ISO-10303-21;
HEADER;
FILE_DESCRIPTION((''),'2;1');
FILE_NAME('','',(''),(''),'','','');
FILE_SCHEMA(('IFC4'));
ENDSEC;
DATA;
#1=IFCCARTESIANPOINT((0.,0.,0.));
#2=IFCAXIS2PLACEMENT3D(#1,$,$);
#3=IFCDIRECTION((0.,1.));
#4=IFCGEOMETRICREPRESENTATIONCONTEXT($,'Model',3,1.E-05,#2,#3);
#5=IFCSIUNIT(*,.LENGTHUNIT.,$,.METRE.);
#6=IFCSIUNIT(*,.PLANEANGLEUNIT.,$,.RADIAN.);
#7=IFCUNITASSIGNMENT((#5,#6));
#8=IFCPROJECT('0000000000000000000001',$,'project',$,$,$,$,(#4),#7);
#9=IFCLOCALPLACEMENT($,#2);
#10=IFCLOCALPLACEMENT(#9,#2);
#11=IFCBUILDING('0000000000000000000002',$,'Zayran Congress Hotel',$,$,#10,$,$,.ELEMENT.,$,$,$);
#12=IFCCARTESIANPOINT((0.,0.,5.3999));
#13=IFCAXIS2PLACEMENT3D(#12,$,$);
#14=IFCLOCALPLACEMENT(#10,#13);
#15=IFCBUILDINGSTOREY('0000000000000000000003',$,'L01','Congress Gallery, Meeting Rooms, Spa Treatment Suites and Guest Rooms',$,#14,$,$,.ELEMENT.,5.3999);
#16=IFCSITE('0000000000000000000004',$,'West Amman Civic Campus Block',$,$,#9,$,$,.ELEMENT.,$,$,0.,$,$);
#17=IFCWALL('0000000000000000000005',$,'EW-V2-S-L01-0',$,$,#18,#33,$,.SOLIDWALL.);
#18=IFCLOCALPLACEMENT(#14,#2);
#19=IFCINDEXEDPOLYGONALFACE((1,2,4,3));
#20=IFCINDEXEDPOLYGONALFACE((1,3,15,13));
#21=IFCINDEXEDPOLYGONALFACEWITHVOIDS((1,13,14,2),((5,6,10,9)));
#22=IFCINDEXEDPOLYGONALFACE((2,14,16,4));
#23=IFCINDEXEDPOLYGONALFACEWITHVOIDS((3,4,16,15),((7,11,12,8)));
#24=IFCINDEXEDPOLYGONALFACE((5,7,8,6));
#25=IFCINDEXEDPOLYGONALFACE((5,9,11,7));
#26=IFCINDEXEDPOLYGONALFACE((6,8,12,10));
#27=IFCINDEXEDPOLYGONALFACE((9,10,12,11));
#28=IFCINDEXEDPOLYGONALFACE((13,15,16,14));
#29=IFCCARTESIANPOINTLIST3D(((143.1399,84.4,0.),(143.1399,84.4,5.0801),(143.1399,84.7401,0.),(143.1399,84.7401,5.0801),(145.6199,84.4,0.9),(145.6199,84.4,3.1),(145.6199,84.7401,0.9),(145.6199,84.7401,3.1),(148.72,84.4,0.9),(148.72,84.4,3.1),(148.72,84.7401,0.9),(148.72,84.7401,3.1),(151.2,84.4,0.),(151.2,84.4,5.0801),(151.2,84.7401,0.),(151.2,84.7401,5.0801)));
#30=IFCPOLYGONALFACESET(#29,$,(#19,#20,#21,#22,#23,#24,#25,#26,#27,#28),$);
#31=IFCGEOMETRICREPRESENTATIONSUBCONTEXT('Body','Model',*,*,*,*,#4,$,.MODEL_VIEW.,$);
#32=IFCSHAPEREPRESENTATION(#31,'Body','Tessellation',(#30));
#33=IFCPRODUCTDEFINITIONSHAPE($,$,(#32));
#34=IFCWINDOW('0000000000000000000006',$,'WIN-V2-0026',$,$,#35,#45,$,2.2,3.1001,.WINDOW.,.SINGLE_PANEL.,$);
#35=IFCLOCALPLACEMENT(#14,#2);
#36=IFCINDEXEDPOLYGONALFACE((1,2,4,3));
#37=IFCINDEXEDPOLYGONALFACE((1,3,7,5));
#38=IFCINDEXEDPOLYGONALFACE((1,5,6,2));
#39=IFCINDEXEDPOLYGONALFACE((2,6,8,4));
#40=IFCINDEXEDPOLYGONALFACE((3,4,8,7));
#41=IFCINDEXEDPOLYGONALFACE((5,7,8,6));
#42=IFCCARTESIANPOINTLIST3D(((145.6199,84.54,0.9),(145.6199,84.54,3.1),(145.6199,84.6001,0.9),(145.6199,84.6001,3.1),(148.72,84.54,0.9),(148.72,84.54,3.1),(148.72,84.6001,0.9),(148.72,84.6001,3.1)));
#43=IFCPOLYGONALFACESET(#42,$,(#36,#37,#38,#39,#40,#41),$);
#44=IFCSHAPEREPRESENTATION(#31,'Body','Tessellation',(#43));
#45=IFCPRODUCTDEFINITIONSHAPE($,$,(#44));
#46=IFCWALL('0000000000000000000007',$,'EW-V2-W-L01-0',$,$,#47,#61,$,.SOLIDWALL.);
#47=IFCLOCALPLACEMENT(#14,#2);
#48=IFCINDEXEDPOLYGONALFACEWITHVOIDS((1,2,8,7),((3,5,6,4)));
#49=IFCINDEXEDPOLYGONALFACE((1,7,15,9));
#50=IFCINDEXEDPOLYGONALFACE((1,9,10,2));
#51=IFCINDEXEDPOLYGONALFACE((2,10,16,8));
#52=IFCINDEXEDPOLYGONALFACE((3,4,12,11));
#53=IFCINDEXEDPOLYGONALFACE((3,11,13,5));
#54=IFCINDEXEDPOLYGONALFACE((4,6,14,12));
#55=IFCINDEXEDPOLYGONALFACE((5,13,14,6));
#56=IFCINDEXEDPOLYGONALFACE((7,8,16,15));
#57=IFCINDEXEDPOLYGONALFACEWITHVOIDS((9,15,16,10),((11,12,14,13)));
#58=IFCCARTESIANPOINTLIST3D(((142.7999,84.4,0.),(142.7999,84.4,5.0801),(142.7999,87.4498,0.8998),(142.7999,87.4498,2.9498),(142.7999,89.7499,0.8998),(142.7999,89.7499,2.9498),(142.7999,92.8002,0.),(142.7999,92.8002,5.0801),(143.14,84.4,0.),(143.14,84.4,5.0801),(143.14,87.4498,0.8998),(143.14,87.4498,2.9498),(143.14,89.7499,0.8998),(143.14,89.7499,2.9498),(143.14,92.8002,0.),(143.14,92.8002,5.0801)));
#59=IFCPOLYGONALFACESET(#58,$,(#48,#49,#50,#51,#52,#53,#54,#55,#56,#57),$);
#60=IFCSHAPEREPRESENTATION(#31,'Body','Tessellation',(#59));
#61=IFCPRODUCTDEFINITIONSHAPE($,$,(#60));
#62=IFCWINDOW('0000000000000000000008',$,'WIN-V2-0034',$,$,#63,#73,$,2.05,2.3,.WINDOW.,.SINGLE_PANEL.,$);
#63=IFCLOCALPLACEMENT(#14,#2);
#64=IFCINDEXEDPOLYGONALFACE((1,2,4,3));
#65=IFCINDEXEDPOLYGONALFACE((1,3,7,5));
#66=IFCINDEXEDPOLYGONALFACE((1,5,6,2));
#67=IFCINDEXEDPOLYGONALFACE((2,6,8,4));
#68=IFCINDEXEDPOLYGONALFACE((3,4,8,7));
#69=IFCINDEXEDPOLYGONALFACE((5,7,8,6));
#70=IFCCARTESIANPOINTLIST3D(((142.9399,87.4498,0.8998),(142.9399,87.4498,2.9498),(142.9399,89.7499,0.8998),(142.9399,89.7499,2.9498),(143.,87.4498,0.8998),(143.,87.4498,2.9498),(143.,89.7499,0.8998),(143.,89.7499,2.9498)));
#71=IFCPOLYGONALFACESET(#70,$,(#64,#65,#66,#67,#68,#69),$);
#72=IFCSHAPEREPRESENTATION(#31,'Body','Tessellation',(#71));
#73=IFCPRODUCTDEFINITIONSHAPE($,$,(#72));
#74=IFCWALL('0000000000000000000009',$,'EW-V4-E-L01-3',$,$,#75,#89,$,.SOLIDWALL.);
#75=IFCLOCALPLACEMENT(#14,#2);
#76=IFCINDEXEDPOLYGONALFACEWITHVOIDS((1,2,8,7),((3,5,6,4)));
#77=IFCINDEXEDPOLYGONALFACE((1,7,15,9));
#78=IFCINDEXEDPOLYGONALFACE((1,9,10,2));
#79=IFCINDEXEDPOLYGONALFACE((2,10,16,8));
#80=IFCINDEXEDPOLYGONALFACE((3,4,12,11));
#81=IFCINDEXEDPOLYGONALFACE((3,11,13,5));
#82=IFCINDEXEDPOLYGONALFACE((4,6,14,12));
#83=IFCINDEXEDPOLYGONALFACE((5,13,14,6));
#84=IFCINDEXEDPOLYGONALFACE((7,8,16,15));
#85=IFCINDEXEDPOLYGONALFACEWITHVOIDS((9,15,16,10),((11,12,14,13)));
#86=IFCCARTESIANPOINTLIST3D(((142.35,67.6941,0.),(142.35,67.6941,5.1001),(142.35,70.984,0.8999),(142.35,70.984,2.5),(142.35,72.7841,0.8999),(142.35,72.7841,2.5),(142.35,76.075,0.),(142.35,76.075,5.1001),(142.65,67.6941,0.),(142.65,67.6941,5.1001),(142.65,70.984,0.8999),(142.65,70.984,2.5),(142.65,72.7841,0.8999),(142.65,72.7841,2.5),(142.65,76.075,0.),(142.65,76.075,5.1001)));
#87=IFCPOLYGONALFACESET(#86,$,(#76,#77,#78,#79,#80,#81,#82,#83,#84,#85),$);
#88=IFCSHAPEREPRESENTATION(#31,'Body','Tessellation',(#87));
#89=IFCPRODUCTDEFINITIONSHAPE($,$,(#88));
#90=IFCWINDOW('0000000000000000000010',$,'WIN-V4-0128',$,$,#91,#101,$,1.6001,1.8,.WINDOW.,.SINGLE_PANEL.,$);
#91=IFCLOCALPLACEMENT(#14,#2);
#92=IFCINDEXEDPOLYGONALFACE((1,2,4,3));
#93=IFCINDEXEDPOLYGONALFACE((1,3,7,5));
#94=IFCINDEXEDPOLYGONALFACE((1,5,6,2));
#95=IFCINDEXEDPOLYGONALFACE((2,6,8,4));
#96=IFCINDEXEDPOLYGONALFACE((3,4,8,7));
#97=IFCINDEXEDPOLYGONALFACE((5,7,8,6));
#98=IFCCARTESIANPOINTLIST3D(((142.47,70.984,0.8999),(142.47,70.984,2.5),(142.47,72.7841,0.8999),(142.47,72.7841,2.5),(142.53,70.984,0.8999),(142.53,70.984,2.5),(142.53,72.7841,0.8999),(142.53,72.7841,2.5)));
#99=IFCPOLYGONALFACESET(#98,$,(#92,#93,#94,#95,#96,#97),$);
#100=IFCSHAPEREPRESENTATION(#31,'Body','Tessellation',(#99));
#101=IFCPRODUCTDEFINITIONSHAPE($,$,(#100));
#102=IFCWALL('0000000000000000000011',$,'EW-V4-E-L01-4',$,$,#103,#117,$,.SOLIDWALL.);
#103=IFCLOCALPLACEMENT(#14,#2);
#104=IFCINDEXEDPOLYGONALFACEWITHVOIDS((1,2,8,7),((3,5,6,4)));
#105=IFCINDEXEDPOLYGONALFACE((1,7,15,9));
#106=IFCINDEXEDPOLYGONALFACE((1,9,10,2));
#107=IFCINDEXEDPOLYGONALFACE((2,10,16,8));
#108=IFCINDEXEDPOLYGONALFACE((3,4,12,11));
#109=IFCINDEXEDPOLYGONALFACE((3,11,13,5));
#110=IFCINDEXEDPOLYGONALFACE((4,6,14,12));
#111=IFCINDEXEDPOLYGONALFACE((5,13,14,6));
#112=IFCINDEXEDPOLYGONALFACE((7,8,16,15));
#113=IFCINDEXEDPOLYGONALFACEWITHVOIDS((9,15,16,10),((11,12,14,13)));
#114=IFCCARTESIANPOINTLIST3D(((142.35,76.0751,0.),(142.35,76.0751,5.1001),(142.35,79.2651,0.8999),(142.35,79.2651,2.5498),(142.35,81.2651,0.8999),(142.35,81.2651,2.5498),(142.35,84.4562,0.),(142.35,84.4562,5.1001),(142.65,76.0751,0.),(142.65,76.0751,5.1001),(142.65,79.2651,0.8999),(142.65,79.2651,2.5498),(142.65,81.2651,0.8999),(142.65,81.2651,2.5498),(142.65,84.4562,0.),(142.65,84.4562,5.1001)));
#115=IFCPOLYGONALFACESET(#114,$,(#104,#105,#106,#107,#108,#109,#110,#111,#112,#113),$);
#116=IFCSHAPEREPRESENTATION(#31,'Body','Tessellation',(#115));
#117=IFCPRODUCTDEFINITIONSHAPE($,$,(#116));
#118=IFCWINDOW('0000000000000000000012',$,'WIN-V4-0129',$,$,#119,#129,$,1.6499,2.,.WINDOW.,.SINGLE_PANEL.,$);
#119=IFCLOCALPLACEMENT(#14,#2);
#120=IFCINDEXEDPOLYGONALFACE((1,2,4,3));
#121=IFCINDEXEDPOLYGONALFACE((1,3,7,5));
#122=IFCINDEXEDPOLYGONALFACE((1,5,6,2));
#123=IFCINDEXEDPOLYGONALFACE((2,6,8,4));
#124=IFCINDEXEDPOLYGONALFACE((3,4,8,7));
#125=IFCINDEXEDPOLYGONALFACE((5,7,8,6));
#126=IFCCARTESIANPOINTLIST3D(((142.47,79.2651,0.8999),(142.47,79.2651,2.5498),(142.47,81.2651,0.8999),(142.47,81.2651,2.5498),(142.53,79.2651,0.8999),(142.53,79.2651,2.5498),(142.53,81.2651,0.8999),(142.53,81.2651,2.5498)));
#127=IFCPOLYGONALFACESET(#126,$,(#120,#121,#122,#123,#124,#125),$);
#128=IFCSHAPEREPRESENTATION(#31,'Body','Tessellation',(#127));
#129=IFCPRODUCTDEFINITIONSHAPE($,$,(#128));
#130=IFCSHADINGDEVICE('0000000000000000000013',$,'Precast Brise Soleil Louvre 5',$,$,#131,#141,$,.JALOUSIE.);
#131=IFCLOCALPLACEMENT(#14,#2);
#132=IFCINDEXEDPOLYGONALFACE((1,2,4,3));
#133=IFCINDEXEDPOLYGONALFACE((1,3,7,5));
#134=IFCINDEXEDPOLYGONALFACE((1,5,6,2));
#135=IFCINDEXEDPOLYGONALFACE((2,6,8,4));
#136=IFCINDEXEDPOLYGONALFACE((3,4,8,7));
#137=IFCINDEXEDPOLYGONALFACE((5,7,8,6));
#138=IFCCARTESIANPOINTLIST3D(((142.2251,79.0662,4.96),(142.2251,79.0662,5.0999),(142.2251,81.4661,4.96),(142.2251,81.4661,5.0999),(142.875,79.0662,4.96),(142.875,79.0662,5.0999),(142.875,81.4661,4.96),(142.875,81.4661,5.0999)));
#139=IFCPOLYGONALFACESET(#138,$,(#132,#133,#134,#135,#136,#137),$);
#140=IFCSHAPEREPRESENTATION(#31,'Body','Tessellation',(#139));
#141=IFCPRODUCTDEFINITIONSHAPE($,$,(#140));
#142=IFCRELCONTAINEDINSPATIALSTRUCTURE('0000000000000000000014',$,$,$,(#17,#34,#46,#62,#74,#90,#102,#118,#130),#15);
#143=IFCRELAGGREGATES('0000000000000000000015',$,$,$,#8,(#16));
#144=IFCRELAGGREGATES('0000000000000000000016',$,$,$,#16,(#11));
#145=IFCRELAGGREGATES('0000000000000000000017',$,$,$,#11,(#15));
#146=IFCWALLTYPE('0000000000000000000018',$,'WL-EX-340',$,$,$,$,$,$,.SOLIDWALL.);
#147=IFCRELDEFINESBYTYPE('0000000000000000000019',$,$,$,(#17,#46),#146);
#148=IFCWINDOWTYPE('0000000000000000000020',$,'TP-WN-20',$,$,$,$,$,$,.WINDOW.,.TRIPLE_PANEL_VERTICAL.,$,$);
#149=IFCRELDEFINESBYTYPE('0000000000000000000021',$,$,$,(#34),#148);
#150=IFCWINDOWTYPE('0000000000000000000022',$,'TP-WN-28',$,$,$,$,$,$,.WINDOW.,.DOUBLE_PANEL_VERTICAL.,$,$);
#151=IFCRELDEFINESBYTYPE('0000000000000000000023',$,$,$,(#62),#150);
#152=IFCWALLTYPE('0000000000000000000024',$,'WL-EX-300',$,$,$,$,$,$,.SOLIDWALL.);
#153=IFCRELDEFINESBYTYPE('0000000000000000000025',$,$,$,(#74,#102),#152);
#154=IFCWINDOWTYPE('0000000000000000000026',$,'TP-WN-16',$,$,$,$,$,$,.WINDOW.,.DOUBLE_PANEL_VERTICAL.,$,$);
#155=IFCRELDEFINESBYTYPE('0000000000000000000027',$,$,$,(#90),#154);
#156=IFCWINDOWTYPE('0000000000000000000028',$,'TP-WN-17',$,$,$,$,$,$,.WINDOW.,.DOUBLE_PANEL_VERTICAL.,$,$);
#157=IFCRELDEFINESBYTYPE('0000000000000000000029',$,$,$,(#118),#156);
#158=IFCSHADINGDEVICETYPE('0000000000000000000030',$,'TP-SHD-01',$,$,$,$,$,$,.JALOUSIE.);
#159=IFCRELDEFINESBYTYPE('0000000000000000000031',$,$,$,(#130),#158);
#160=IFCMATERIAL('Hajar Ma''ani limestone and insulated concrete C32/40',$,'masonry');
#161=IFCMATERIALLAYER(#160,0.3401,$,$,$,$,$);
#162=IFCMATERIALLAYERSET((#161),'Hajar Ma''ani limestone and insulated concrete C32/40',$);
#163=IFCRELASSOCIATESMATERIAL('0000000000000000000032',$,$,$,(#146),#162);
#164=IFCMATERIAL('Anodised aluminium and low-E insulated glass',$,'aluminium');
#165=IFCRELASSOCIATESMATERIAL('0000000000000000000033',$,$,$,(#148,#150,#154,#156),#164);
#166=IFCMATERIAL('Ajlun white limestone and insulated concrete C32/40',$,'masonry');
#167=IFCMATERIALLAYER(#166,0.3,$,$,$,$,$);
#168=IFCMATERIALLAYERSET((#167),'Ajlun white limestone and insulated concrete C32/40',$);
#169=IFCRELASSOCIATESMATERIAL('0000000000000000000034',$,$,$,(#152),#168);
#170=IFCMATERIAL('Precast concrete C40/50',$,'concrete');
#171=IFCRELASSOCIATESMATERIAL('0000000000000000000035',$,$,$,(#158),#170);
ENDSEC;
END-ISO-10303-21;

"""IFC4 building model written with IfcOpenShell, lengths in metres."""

from ifc_helpers import new_model, si_unit, direction, frame, frame_2d, origin, origin_2d, place, context, subcontext, project, spatial, rectangle, extrude, material, layer, layer_set, type_object, element, fill, save


model = new_model("IFC4")

# Units and contexts
model_context = context("Model", 3, precision=1e-05, world=origin(), true_north=direction((0.0, 1.0)))
body_context = subcontext(model_context, "Body", "Model", "MODEL_VIEW")
ifc_project = project(units=[si_unit("LENGTHUNIT", "METRE"), si_unit("PLANEANGLEUNIT", "RADIAN")], contexts=[model_context])

# Site, building, storey
site_placement = place(None, origin())
site = spatial("IfcSite", under=ifc_project, at=site_placement, Name="West Amman Civic Campus Block", CompositionType="ELEMENT", RefElevation=0.0)
building_placement = place(site_placement, origin())
building = spatial("IfcBuilding", under=site, at=building_placement, Name="Zayran Congress Hotel", CompositionType="ELEMENT")
storey_placement = place(building_placement, frame((0.0, 0.0, 5.3999)))
storey = spatial("IfcBuildingStorey", under=building, at=storey_placement, Name="L01", Description="Congress Gallery, Meeting Rooms, Spa Treatment Suites and Guest Rooms", CompositionType="ELEMENT", Elevation=5.3999)

# Shared definitions
ifc_material_1 = material(Name="Anodised aluminium and low-E insulated glass", Category="aluminium")

# Walls, openings, windows
ifc_material_2 = material(Name="Hajar Ma'ani limestone and insulated concrete C32/40", Category="masonry")
ifc_layer_1 = layer(ifc_material_2, 0.3401)
ifc_layer_set_1 = layer_set([ifc_layer_1], Name="Hajar Ma'ani limestone and insulated concrete C32/40")
wall_type_1 = type_object("IfcWallType", Name="WL-EX-340", PredefinedType="SOLIDWALL", material=ifc_layer_set_1)
wall_1_placement = place(storey_placement, frame((151.2, 84.5701, 0.0), z_axis=(0.0, 0.0, 1.0), x_axis=(-1.0, 0.0, 0.0)))
wall_1 = element("IfcWall", 1, at=wall_1_placement, inside=storey, type_object=wall_type_1, Name="EW-V2-S-L01-0", PredefinedType="SOLIDWALL", context=body_context, shape_type="SweptSolid", body=[
    extrude(rectangle(XDim=8.0601, YDim=0.3401, at=frame_2d((4.03, 0.0))), origin(), (0.0, 0.0, 1.0), 5.0801),
])
opening_1_placement = place(wall_1_placement, frame((2.48, 0.0, 0.8999)))
opening_1 = element("IfcOpeningElement", 2, at=opening_1_placement, cuts=wall_1, PredefinedType="OPENING", context=body_context, shape_type="SweptSolid", body=[
    extrude(rectangle(XDim=3.1001, YDim=2.2, at=frame_2d((1.55, 1.1001))), frame((0.0, 0.1799, 0.0), z_axis=(0.0, -1.0, 0.0), x_axis=(1.0, 0.0, 0.0)), (0.0, 0.0, 1.0), 0.3601),
])
window_type_1 = type_object("IfcWindowType", Name="TP-WN-20", PartitioningType="TRIPLE_PANEL_VERTICAL", PredefinedType="WINDOW", material=ifc_material_1)
window_1_placement = place(opening_1_placement, origin())
window_1 = element("IfcWindow", 3, at=window_1_placement, inside=storey, type_object=window_type_1, Name="WIN-V2-0026", OverallHeight=2.2, OverallWidth=3.1001, PartitioningType="SINGLE_PANEL", PredefinedType="WINDOW", context=body_context, shape_type="SweptSolid", body=[
    extrude(rectangle(XDim=3.1001, YDim=2.2, at=frame_2d((1.55, 1.1001))), frame((0.0, 0.03, 0.0), z_axis=(0.0, -1.0, 0.0), x_axis=(1.0, 0.0, 0.0)), (0.0, 0.0, 1.0), 0.0601),
])
fill(opening_1, window_1)
wall_2_placement = place(storey_placement, frame((142.97, 84.3999, 0.0), z_axis=(0.0, 0.0, 1.0), x_axis=(0.0, 1.0, 0.0)))
wall_2 = element("IfcWall", 4, at=wall_2_placement, inside=storey, type_object=wall_type_1, Name="EW-V2-W-L01-0", PredefinedType="SOLIDWALL", context=body_context, shape_type="SweptSolid", body=[
    extrude(rectangle(XDim=8.4001, YDim=0.3401, at=frame_2d((4.2002, 0.0))), origin(), (0.0, 0.0, 1.0), 5.0801),
])
opening_2_placement = place(wall_2_placement, frame((3.05, 0.0, 0.8999)))
opening_2 = element("IfcOpeningElement", 5, at=opening_2_placement, cuts=wall_2, PredefinedType="OPENING", context=body_context, shape_type="SweptSolid", body=[
    extrude(rectangle(XDim=2.3, YDim=2.05, at=frame_2d((1.1499, 1.0249))), frame((0.0, 0.1799, 0.0), z_axis=(0.0, -1.0, 0.0), x_axis=(1.0, 0.0, 0.0)), (0.0, 0.0, 1.0), 0.3601),
])
window_type_2 = type_object("IfcWindowType", Name="TP-WN-28", PartitioningType="DOUBLE_PANEL_VERTICAL", PredefinedType="WINDOW", material=ifc_material_1)
window_2_placement = place(opening_2_placement, origin())
window_2 = element("IfcWindow", 6, at=window_2_placement, inside=storey, type_object=window_type_2, Name="WIN-V2-0034", OverallHeight=2.05, OverallWidth=2.3, PartitioningType="SINGLE_PANEL", PredefinedType="WINDOW", context=body_context, shape_type="SweptSolid", body=[
    extrude(rectangle(XDim=2.3, YDim=2.05, at=frame_2d((1.1499, 1.0249))), frame((0.0, 0.03, 0.0), z_axis=(0.0, -1.0, 0.0), x_axis=(1.0, 0.0, 0.0)), (0.0, 0.0, 1.0), 0.0601),
])
fill(opening_2, window_2)
ifc_material_3 = material(Name="Ajlun white limestone and insulated concrete C32/40", Category="masonry")
ifc_layer_2 = layer(ifc_material_3, 0.3)
ifc_layer_set_2 = layer_set([ifc_layer_2], Name="Ajlun white limestone and insulated concrete C32/40")
wall_type_2 = type_object("IfcWallType", Name="WL-EX-300", PredefinedType="SOLIDWALL", material=ifc_layer_set_2)
wall_3_placement = place(storey_placement, frame((142.5, 76.075, 0.0), z_axis=(0.0, 0.0, 1.0), x_axis=(0.0, -1.0, 0.0)))
wall_3 = element("IfcWall", 7, at=wall_3_placement, inside=storey, type_object=wall_type_2, Name="EW-V4-E-L01-3", PredefinedType="SOLIDWALL", context=body_context, shape_type="SweptSolid", body=[
    extrude(rectangle(XDim=8.3809, YDim=0.3, at=frame_2d((4.1904, 0.0))), origin(), (0.0, 0.0, 1.0), 5.1001),
])
opening_3_placement = place(wall_3_placement, frame((3.291, 0.0, 0.8999)))
opening_3 = element("IfcOpeningElement", 8, at=opening_3_placement, cuts=wall_3, PredefinedType="OPENING", context=body_context, shape_type="SweptSolid", body=[
    extrude(rectangle(XDim=1.8, YDim=1.6001, at=frame_2d((0.8999, 0.8))), frame((0.0, 0.1599, 0.0), z_axis=(0.0, -1.0, 0.0), x_axis=(1.0, 0.0, 0.0)), (0.0, 0.0, 1.0), 0.3201),
])
window_type_3 = type_object("IfcWindowType", Name="TP-WN-16", PartitioningType="DOUBLE_PANEL_VERTICAL", PredefinedType="WINDOW", material=ifc_material_1)
window_3_placement = place(opening_3_placement, origin())
window_3 = element("IfcWindow", 9, at=window_3_placement, inside=storey, type_object=window_type_3, Name="WIN-V4-0128", OverallHeight=1.6001, OverallWidth=1.8, PartitioningType="SINGLE_PANEL", PredefinedType="WINDOW", context=body_context, shape_type="SweptSolid", body=[
    extrude(rectangle(XDim=1.8, YDim=1.6001, at=frame_2d((0.8999, 0.8))), frame((0.0, 0.03, 0.0), z_axis=(0.0, -1.0, 0.0), x_axis=(1.0, 0.0, 0.0)), (0.0, 0.0, 1.0), 0.0601),
])
fill(opening_3, window_3)
wall_4_placement = place(storey_placement, frame((142.5, 84.4561, 0.0), z_axis=(0.0, 0.0, 1.0), x_axis=(0.0, -1.0, 0.0)))
wall_4 = element("IfcWall", 10, at=wall_4_placement, inside=storey, type_object=wall_type_2, Name="EW-V4-E-L01-4", PredefinedType="SOLIDWALL", context=body_context, shape_type="SweptSolid", body=[
    extrude(rectangle(XDim=8.3811, YDim=0.3, at=frame_2d((4.1904, 0.0))), origin(), (0.0, 0.0, 1.0), 5.1001),
])
opening_4_placement = place(wall_4_placement, frame((3.1909, 0.0, 0.8999)))
opening_4 = element("IfcOpeningElement", 11, at=opening_4_placement, cuts=wall_4, PredefinedType="OPENING", context=body_context, shape_type="SweptSolid", body=[
    extrude(rectangle(XDim=2.0, YDim=1.6499, at=frame_2d((1.0, 0.825))), frame((0.0, 0.1599, 0.0), z_axis=(0.0, -1.0, 0.0), x_axis=(1.0, 0.0, 0.0)), (0.0, 0.0, 1.0), 0.3201),
])
window_type_4 = type_object("IfcWindowType", Name="TP-WN-17", PartitioningType="DOUBLE_PANEL_VERTICAL", PredefinedType="WINDOW", material=ifc_material_1)
window_4_placement = place(opening_4_placement, origin())
window_4 = element("IfcWindow", 12, at=window_4_placement, inside=storey, type_object=window_type_4, Name="WIN-V4-0129", OverallHeight=1.6499, OverallWidth=2.0, PartitioningType="SINGLE_PANEL", PredefinedType="WINDOW", context=body_context, shape_type="SweptSolid", body=[
    extrude(rectangle(XDim=2.0, YDim=1.6499, at=frame_2d((1.0, 0.825))), frame((0.0, 0.03, 0.0), z_axis=(0.0, -1.0, 0.0), x_axis=(1.0, 0.0, 0.0)), (0.0, 0.0, 1.0), 0.0601),
])
fill(opening_4, window_4)

# Shading device
ifc_material_4 = material(Name="Precast concrete C40/50", Category="concrete")
shading_device_type = type_object("IfcShadingDeviceType", Name="TP-SHD-01", PredefinedType="JALOUSIE", material=ifc_material_4)
shading_device_placement = place(storey_placement, frame((142.55, 80.2661, 4.96), z_axis=(0.0, 0.0, 1.0), x_axis=(0.0, 1.0, 0.0)))
element("IfcShadingDevice", 13, at=shading_device_placement, inside=storey, type_object=shading_device_type, Name="Precast Brise Soleil Louvre 5", PredefinedType="JALOUSIE", context=body_context, shape_type="SweptSolid", body=[
    extrude(rectangle(XDim=2.3999, YDim=0.6499, at=origin_2d()), origin(), (0.0, 0.0, 1.0), 0.1399),
])

save(model, "model.ifc")
